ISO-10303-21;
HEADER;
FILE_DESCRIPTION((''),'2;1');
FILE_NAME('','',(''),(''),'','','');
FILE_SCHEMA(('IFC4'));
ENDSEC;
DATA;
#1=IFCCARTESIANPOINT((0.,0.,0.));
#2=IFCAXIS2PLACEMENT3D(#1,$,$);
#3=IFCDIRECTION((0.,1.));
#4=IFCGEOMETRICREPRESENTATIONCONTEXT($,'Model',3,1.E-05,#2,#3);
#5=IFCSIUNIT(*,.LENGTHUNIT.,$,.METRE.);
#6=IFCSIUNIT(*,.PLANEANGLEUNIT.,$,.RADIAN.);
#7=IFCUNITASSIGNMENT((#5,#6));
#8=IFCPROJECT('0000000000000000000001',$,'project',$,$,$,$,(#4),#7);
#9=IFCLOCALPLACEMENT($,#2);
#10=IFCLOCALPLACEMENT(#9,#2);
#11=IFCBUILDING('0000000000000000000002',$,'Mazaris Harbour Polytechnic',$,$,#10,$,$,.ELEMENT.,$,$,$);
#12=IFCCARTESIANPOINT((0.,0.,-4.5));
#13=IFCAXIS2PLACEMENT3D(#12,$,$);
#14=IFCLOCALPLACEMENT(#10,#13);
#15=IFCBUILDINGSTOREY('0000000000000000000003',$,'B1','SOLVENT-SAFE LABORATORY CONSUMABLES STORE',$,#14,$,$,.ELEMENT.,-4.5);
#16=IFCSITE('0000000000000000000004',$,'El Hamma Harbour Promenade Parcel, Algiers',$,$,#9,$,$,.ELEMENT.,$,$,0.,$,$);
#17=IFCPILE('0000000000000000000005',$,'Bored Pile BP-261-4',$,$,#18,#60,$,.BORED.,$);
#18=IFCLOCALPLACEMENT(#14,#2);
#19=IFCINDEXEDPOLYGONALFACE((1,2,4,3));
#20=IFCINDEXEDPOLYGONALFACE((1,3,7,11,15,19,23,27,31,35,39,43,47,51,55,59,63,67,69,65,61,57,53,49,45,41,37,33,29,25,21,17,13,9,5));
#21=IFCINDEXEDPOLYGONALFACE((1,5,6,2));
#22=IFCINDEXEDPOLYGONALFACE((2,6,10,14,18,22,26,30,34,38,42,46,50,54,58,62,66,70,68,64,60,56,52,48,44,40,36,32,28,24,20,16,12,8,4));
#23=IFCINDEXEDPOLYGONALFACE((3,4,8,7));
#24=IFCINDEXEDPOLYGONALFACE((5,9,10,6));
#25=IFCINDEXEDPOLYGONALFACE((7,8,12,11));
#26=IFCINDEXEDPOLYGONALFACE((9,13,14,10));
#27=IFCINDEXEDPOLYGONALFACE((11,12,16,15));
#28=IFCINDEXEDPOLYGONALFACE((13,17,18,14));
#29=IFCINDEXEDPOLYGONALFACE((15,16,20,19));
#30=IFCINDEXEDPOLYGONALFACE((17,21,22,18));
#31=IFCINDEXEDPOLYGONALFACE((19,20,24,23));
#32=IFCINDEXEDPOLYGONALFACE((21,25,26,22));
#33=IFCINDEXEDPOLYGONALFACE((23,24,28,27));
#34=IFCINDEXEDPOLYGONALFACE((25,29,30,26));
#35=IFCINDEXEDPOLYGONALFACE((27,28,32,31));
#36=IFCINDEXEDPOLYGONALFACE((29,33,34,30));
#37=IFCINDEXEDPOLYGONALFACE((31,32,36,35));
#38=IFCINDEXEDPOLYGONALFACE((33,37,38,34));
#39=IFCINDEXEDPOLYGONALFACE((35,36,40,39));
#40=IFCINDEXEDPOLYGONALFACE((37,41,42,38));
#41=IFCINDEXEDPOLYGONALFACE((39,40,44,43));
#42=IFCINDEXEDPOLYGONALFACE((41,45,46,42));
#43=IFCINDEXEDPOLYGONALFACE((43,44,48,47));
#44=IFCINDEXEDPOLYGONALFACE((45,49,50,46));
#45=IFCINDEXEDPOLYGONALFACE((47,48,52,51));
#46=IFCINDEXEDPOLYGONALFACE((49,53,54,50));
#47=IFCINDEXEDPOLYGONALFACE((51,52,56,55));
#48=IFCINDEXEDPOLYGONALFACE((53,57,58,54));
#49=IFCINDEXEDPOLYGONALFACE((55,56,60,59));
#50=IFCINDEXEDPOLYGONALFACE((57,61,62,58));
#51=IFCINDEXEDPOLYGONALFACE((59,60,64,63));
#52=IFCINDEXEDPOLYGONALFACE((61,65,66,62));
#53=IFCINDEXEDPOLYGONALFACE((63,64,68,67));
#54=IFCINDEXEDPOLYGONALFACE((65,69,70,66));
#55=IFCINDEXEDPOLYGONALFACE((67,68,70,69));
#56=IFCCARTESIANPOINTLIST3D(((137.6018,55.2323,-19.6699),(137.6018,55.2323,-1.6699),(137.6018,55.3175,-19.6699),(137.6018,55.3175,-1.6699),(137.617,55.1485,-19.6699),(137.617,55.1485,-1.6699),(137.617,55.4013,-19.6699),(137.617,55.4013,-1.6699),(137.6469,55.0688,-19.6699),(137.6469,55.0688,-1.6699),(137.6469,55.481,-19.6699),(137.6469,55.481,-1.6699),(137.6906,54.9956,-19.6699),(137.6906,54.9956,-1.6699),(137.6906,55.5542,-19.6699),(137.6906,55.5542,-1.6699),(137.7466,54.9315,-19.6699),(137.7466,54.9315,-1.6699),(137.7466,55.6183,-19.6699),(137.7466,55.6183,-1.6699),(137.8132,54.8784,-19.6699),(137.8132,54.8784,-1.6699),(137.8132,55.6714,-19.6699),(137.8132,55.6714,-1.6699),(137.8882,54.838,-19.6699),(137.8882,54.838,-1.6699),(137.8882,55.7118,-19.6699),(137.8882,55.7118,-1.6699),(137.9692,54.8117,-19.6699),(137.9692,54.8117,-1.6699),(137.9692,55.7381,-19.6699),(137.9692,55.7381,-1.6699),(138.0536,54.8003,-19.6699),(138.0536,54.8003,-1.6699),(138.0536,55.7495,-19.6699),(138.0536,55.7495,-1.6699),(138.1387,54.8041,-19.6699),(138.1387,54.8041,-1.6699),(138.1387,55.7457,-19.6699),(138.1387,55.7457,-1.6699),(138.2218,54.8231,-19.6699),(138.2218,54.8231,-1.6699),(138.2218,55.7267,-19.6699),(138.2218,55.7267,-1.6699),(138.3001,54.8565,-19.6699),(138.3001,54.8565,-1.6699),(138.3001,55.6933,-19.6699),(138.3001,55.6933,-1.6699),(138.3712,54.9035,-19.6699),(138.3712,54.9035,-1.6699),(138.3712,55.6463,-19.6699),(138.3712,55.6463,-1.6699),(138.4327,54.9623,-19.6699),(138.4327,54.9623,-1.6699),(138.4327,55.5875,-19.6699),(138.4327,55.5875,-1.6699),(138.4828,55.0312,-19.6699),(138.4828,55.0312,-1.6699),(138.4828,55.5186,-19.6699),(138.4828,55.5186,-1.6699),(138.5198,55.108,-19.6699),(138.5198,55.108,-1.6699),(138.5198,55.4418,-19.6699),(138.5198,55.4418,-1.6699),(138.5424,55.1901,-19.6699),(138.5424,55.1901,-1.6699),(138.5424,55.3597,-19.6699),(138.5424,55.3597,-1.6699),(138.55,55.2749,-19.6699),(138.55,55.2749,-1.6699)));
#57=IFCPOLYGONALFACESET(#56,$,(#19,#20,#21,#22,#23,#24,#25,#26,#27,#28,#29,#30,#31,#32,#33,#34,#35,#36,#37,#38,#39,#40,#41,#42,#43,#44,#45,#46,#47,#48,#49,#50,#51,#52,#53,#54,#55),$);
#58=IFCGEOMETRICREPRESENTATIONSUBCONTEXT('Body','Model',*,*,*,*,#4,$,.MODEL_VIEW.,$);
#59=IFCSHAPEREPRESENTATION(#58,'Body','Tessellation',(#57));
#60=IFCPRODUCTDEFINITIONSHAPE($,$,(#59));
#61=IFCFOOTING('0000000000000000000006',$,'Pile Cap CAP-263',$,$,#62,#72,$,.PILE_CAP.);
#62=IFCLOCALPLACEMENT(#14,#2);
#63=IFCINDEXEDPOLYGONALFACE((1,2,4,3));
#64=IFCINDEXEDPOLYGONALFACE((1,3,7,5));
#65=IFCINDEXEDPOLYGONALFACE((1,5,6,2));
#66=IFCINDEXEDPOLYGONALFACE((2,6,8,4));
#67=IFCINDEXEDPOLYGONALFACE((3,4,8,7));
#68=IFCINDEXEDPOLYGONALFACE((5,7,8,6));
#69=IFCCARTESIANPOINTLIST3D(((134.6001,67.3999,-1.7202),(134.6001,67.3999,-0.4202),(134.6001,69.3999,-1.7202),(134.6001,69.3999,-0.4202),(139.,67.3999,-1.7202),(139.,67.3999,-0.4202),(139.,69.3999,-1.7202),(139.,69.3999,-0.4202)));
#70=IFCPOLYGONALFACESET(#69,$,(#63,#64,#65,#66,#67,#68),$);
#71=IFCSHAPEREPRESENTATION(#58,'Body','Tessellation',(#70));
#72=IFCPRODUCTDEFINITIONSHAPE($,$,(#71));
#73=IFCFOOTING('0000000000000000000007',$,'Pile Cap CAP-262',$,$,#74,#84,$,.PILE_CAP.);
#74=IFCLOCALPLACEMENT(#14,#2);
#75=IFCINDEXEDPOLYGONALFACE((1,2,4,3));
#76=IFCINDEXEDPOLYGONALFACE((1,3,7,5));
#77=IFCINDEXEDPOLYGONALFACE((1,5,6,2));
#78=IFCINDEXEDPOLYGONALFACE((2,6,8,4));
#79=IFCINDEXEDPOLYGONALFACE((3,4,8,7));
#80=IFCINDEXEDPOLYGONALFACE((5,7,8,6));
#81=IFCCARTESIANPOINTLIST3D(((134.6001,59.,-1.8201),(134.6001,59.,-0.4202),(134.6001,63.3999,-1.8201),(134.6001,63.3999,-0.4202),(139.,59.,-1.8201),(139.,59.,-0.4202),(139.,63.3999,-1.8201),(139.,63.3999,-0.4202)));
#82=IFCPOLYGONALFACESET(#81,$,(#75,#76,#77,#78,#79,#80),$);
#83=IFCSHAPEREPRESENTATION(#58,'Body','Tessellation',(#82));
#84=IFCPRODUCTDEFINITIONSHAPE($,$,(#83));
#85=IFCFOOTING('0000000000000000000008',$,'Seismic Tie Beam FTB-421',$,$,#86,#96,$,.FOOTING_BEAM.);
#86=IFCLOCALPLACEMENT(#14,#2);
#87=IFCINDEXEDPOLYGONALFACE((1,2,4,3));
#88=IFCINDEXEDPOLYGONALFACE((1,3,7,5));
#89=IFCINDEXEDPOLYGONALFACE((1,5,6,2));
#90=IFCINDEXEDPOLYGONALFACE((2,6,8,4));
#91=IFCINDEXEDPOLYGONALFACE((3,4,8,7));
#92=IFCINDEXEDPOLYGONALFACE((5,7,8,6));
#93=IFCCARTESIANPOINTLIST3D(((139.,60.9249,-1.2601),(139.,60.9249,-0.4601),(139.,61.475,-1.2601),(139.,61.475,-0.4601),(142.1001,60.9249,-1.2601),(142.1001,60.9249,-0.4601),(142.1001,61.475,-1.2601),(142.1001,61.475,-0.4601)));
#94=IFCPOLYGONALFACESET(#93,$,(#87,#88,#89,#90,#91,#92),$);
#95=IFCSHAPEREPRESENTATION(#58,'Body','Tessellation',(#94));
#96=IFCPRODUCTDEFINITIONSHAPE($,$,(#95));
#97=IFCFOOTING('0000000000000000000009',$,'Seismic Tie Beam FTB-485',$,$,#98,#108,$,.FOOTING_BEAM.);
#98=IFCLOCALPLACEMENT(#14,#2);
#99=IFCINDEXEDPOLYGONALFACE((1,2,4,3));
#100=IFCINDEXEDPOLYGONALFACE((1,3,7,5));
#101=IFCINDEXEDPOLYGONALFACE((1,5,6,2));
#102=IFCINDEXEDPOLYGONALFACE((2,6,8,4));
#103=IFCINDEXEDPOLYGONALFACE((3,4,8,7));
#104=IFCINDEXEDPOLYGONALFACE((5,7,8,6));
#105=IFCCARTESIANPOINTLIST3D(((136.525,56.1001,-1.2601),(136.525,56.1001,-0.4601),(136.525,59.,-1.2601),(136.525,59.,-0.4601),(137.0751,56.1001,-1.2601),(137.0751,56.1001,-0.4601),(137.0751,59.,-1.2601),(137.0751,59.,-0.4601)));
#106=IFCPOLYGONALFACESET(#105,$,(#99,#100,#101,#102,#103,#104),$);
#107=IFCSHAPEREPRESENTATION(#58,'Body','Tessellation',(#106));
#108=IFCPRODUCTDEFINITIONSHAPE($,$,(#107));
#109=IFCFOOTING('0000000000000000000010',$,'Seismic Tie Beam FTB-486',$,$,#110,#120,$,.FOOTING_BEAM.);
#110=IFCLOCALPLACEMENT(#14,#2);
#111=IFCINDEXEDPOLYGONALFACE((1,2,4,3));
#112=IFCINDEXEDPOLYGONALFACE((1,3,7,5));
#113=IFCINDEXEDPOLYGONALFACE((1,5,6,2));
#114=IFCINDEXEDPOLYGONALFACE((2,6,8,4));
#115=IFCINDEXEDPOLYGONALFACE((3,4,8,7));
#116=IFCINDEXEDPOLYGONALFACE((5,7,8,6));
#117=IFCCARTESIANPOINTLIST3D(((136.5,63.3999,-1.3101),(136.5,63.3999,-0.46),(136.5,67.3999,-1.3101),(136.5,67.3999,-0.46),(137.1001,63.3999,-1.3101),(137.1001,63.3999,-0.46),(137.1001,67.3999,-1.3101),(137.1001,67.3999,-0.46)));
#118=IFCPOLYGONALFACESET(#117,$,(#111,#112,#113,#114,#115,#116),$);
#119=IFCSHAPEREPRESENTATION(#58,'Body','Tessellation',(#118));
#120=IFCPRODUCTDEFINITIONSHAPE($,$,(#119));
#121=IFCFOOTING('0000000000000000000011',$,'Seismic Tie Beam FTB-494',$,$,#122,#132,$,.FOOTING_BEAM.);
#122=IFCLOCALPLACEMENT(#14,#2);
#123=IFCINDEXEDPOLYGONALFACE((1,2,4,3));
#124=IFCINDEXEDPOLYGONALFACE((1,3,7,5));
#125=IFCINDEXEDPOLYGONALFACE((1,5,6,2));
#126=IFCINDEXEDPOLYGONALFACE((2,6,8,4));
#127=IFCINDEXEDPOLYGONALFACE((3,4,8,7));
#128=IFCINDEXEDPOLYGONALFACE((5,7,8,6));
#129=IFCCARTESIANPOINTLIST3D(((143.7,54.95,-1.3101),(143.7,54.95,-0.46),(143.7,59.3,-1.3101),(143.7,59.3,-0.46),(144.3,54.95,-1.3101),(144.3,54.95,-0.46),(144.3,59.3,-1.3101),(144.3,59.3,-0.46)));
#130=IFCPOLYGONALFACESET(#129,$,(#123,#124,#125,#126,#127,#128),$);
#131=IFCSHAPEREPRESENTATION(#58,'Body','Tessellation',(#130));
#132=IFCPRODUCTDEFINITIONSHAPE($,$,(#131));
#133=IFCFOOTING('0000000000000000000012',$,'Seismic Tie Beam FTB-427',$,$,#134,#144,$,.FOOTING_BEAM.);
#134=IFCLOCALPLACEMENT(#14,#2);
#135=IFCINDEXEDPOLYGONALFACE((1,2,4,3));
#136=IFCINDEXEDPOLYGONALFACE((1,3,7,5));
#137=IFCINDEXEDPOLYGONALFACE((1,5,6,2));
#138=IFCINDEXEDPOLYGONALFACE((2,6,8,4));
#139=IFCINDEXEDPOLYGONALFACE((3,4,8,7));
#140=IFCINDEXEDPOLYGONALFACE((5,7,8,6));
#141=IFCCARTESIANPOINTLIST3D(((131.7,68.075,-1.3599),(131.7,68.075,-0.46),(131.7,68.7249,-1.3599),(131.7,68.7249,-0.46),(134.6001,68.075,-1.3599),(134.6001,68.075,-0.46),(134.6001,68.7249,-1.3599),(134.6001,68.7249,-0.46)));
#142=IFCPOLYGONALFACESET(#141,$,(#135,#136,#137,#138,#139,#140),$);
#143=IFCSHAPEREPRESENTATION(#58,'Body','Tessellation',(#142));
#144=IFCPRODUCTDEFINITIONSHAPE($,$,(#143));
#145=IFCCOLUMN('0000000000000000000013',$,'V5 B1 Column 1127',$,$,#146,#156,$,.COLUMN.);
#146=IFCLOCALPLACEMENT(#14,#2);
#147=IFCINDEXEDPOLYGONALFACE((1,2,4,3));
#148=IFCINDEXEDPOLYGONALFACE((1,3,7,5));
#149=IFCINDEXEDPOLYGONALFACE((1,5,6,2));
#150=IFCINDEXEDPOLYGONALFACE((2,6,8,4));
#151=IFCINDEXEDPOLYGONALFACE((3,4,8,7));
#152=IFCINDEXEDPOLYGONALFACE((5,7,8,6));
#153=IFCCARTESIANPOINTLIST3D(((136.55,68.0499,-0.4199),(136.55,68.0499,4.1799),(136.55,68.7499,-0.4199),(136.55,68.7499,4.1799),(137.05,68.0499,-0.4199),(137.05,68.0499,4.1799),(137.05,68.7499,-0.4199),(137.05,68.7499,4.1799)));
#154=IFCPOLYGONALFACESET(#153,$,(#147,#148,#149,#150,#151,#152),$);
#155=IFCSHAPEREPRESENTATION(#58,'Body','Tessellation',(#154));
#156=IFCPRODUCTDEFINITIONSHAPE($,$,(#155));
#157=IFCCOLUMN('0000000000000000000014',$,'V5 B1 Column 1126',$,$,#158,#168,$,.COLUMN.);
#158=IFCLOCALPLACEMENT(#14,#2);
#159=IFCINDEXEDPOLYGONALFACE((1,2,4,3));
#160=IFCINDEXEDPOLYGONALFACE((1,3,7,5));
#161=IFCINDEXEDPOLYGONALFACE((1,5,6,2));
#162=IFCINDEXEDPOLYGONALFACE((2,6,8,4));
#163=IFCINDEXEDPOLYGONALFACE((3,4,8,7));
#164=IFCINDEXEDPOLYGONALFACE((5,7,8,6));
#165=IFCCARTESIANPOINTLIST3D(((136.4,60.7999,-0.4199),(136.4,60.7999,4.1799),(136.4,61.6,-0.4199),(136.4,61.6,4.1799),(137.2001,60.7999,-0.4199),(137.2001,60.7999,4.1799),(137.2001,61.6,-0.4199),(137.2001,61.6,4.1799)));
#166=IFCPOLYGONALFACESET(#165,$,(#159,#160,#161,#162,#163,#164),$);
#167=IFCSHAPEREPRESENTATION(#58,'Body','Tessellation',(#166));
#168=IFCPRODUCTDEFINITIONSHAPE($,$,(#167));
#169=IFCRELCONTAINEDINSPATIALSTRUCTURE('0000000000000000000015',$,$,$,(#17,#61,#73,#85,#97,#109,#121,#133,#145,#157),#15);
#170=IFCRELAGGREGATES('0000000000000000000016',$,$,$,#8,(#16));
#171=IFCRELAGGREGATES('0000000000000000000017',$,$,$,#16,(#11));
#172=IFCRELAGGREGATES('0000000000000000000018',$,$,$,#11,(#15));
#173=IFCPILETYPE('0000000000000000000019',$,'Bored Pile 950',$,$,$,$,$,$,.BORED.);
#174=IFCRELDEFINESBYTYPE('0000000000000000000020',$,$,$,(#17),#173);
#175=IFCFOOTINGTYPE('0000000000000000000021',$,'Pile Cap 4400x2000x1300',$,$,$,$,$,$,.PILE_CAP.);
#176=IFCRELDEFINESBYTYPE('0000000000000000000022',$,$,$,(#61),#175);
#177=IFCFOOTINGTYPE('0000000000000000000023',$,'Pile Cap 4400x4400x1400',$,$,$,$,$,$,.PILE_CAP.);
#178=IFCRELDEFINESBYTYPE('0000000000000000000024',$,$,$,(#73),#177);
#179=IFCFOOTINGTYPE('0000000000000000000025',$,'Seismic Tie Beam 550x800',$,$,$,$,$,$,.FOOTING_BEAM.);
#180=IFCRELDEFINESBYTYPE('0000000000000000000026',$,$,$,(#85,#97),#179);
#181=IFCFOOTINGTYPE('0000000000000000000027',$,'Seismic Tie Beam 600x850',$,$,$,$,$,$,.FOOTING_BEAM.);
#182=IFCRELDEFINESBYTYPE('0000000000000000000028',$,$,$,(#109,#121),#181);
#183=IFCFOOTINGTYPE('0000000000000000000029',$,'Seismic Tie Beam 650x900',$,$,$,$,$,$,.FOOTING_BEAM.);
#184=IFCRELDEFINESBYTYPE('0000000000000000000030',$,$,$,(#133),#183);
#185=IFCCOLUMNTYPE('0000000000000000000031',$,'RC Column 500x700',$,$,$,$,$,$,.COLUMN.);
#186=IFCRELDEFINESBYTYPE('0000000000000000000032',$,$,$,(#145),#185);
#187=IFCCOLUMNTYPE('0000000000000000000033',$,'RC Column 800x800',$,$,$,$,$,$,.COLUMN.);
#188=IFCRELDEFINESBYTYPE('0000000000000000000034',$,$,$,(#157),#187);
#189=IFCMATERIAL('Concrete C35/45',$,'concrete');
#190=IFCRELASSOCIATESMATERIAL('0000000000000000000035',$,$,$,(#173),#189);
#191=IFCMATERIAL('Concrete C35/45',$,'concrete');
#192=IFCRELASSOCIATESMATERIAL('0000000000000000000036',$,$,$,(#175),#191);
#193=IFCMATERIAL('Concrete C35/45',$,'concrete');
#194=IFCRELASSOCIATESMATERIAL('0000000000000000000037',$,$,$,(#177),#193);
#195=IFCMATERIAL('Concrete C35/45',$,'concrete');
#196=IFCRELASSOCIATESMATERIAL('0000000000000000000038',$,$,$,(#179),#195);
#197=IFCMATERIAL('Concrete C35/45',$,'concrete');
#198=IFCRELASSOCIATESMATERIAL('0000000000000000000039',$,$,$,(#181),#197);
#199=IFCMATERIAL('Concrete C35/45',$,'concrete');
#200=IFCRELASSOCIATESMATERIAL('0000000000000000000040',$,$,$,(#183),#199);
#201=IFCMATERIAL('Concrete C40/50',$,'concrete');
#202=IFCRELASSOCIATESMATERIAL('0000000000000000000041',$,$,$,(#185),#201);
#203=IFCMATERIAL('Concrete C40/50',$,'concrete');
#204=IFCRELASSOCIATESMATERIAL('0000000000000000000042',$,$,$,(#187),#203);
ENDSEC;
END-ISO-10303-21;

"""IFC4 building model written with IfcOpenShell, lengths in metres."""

from ifc_helpers import new_model, si_unit, direction, frame, origin, origin_2d, place, context, subcontext, project, spatial, rectangle, circle, extrude, material, material_profile, profile_set, type_object, element, save


model = new_model("IFC4")

# Units and contexts
model_context = context("Model", 3, precision=1e-05, world=origin(), true_north=direction((0.0, 1.0)))
body_context = subcontext(model_context, "Body", "Model", "MODEL_VIEW")
ifc_project = project(units=[si_unit("LENGTHUNIT", "METRE"), si_unit("PLANEANGLEUNIT", "RADIAN")], contexts=[model_context])

# Site, building, storey
site_placement = place(None, origin())
site = spatial("IfcSite", under=ifc_project, at=site_placement, Name="El Hamma Harbour Promenade Parcel, Algiers", CompositionType="ELEMENT", RefElevation=0.0)
building_placement = place(site_placement, origin())
building = spatial("IfcBuilding", under=site, at=building_placement, Name="Mazaris Harbour Polytechnic", CompositionType="ELEMENT")
storey_placement = place(building_placement, frame((0.0, 0.0, -4.5)))
storey = spatial("IfcBuildingStorey", under=building, at=storey_placement, Name="B1", Description="SOLVENT-SAFE LABORATORY CONSUMABLES STORE", CompositionType="ELEMENT", Elevation=-4.5)

# Pile
ifc_material_1 = material(Name="Concrete C35/45", Category="concrete")
ifc_material_profile_1 = material_profile(ifc_material_1, circle(Radius=0.4751, at=origin_2d()), Name="DIA950")
ifc_profile_set_1 = profile_set([ifc_material_profile_1], Name="Concrete C35/45")
pile_type_1 = type_object("IfcPileType", Name="Bored Pile 950", PredefinedType="BORED", material=ifc_profile_set_1)
for number, where, z_axis, x_axis, name in (
    (1, (138.075, 55.2749, -1.6699), (0.0, 0.0, -1.0), (1.0, 0.0, 0.0), "Bored Pile BP-261-4"),
):
    element("IfcPile", number, at=place(storey_placement, frame(where, z_axis=z_axis, x_axis=x_axis)), inside=storey, type_object=pile_type_1, Name=name, PredefinedType="BORED", context=body_context, shape_type="SweptSolid", body=[
        extrude(circle(Radius=0.4751, at=origin_2d()), origin(), (0.0, 0.0, 1.0), 18.0),
    ])

# Footings
ifc_material_2 = material(Name="Concrete C35/45", Category="concrete")
footing_type_1 = type_object("IfcFootingType", Name="Pile Cap 4400x2000x1300", PredefinedType="PILE_CAP", material=ifc_material_2)
footing_1_placement = place(storey_placement, frame((136.8, 68.3999, -1.7202), z_axis=(0.0, 0.0, 1.0), x_axis=(1.0, 0.0, 0.0)))
element("IfcFooting", 2, at=footing_1_placement, inside=storey, type_object=footing_type_1, Name="Pile Cap CAP-263", PredefinedType="PILE_CAP", context=body_context, shape_type="SweptSolid", body=[
    extrude(rectangle(XDim=4.3999, YDim=2.0, at=origin_2d()), origin(), (0.0, 0.0, 1.0), 1.3),
])
ifc_material_3 = material(Name="Concrete C35/45", Category="concrete")
footing_type_2 = type_object("IfcFootingType", Name="Pile Cap 4400x4400x1400", PredefinedType="PILE_CAP", material=ifc_material_3)
footing_2_placement = place(storey_placement, frame((136.8, 61.2, -1.8201), z_axis=(0.0, 0.0, 1.0), x_axis=(1.0, 0.0, 0.0)))
element("IfcFooting", 3, at=footing_2_placement, inside=storey, type_object=footing_type_2, Name="Pile Cap CAP-262", PredefinedType="PILE_CAP", context=body_context, shape_type="SweptSolid", body=[
    extrude(rectangle(XDim=4.3999, YDim=4.3999, at=origin_2d()), origin(), (0.0, 0.0, 1.0), 1.3999),
])
ifc_material_4 = material(Name="Concrete C35/45", Category="concrete")
ifc_material_profile_2 = material_profile(ifc_material_4, rectangle(XDim=0.55, YDim=0.8, at=origin_2d()), Name="RECT550x800")
ifc_profile_set_2 = profile_set([ifc_material_profile_2], Name="Concrete C35/45")
footing_type_3 = type_object("IfcFootingType", Name="Seismic Tie Beam 550x800", PredefinedType="FOOTING_BEAM", material=ifc_profile_set_2)
footing_3_placement = place(storey_placement, frame((139.0, 61.2, -0.8601), z_axis=(1.0, 0.0, 0.0), x_axis=(0.0, 1.0, 0.0)))
element("IfcFooting", 4, at=footing_3_placement, inside=storey, type_object=footing_type_3, Name="Seismic Tie Beam FTB-421", PredefinedType="FOOTING_BEAM", context=body_context, shape_type="SweptSolid", body=[
    extrude(rectangle(XDim=0.55, YDim=0.8, at=origin_2d()), origin(), (0.0, 0.0, 1.0), 3.1001),
])
footing_4_placement = place(storey_placement, frame((136.8, 56.1001, -0.8601), z_axis=(0.0, 1.0, 0.0), x_axis=(-1.0, 0.0, 0.0)))
element("IfcFooting", 5, at=footing_4_placement, inside=storey, type_object=footing_type_3, Name="Seismic Tie Beam FTB-485", PredefinedType="FOOTING_BEAM", context=body_context, shape_type="SweptSolid", body=[
    extrude(rectangle(XDim=0.55, YDim=0.8, at=origin_2d()), origin(), (0.0, 0.0, 1.0), 2.8999),
])
ifc_material_5 = material(Name="Concrete C35/45", Category="concrete")
ifc_material_profile_3 = material_profile(ifc_material_5, rectangle(XDim=0.6001, YDim=0.8501, at=origin_2d()), Name="RECT600x850")
ifc_profile_set_3 = profile_set([ifc_material_profile_3], Name="Concrete C35/45")
footing_type_4 = type_object("IfcFootingType", Name="Seismic Tie Beam 600x850", PredefinedType="FOOTING_BEAM", material=ifc_profile_set_3)
footing_5_placement = place(storey_placement, frame((136.8, 63.3999, -0.885), z_axis=(0.0, 1.0, 0.0), x_axis=(-1.0, 0.0, 0.0)))
element("IfcFooting", 6, at=footing_5_placement, inside=storey, type_object=footing_type_4, Name="Seismic Tie Beam FTB-486", PredefinedType="FOOTING_BEAM", context=body_context, shape_type="SweptSolid", body=[
    extrude(rectangle(XDim=0.6001, YDim=0.8501, at=origin_2d()), origin(), (0.0, 0.0, 1.0), 4.0),
])
footing_6_placement = place(storey_placement, frame((144.0, 54.95, -0.885), z_axis=(0.0, 1.0, 0.0), x_axis=(-1.0, 0.0, 0.0)))
element("IfcFooting", 7, at=footing_6_placement, inside=storey, type_object=footing_type_4, Name="Seismic Tie Beam FTB-494", PredefinedType="FOOTING_BEAM", context=body_context, shape_type="SweptSolid", body=[
    extrude(rectangle(XDim=0.6001, YDim=0.8501, at=origin_2d()), origin(), (0.0, 0.0, 1.0), 4.3501),
])
ifc_material_6 = material(Name="Concrete C35/45", Category="concrete")
ifc_material_profile_4 = material_profile(ifc_material_6, rectangle(XDim=0.6499, YDim=0.8999, at=origin_2d()), Name="RECT650x900")
ifc_profile_set_4 = profile_set([ifc_material_profile_4], Name="Concrete C35/45")
footing_type_5 = type_object("IfcFootingType", Name="Seismic Tie Beam 650x900", PredefinedType="FOOTING_BEAM", material=ifc_profile_set_4)
footing_7_placement = place(storey_placement, frame((131.7, 68.3999, -0.9099), z_axis=(1.0, 0.0, 0.0), x_axis=(0.0, 1.0, 0.0)))
element("IfcFooting", 8, at=footing_7_placement, inside=storey, type_object=footing_type_5, Name="Seismic Tie Beam FTB-427", PredefinedType="FOOTING_BEAM", context=body_context, shape_type="SweptSolid", body=[
    extrude(rectangle(XDim=0.6499, YDim=0.8999, at=origin_2d()), origin(), (0.0, 0.0, 1.0), 2.9001),
])

# Columns
ifc_material_7 = material(Name="Concrete C40/50", Category="concrete")
ifc_material_profile_5 = material_profile(ifc_material_7, rectangle(XDim=0.5, YDim=0.7, at=origin_2d()), Name="RECT500x700")
ifc_profile_set_5 = profile_set([ifc_material_profile_5], Name="Concrete C40/50")
column_type_1 = type_object("IfcColumnType", Name="RC Column 500x700", PredefinedType="COLUMN", material=ifc_profile_set_5)
column_1_placement = place(storey_placement, frame((136.8, 68.3999, -0.4199), z_axis=(0.0, 0.0, 1.0), x_axis=(1.0, 0.0, 0.0)))
element("IfcColumn", 9, at=column_1_placement, inside=storey, type_object=column_type_1, Name="V5 B1 Column 1127", PredefinedType="COLUMN", context=body_context, shape_type="SweptSolid", body=[
    extrude(rectangle(XDim=0.5, YDim=0.7, at=origin_2d()), origin(), (0.0, 0.0, 1.0), 4.5999),
])
ifc_material_8 = material(Name="Concrete C40/50", Category="concrete")
ifc_material_profile_6 = material_profile(ifc_material_8, rectangle(XDim=0.8, YDim=0.8, at=origin_2d()), Name="RECT800x800")
ifc_profile_set_6 = profile_set([ifc_material_profile_6], Name="Concrete C40/50")
column_type_2 = type_object("IfcColumnType", Name="RC Column 800x800", PredefinedType="COLUMN", material=ifc_profile_set_6)
column_2_placement = place(storey_placement, frame((136.8, 61.2, -0.4199), z_axis=(0.0, 0.0, 1.0), x_axis=(1.0, 0.0, 0.0)))
element("IfcColumn", 10, at=column_2_placement, inside=storey, type_object=column_type_2, Name="V5 B1 Column 1126", PredefinedType="COLUMN", context=body_context, shape_type="SweptSolid", body=[
    extrude(rectangle(XDim=0.8, YDim=0.8, at=origin_2d()), origin(), (0.0, 0.0, 1.0), 4.5999),
])

save(model, "model.ifc")
